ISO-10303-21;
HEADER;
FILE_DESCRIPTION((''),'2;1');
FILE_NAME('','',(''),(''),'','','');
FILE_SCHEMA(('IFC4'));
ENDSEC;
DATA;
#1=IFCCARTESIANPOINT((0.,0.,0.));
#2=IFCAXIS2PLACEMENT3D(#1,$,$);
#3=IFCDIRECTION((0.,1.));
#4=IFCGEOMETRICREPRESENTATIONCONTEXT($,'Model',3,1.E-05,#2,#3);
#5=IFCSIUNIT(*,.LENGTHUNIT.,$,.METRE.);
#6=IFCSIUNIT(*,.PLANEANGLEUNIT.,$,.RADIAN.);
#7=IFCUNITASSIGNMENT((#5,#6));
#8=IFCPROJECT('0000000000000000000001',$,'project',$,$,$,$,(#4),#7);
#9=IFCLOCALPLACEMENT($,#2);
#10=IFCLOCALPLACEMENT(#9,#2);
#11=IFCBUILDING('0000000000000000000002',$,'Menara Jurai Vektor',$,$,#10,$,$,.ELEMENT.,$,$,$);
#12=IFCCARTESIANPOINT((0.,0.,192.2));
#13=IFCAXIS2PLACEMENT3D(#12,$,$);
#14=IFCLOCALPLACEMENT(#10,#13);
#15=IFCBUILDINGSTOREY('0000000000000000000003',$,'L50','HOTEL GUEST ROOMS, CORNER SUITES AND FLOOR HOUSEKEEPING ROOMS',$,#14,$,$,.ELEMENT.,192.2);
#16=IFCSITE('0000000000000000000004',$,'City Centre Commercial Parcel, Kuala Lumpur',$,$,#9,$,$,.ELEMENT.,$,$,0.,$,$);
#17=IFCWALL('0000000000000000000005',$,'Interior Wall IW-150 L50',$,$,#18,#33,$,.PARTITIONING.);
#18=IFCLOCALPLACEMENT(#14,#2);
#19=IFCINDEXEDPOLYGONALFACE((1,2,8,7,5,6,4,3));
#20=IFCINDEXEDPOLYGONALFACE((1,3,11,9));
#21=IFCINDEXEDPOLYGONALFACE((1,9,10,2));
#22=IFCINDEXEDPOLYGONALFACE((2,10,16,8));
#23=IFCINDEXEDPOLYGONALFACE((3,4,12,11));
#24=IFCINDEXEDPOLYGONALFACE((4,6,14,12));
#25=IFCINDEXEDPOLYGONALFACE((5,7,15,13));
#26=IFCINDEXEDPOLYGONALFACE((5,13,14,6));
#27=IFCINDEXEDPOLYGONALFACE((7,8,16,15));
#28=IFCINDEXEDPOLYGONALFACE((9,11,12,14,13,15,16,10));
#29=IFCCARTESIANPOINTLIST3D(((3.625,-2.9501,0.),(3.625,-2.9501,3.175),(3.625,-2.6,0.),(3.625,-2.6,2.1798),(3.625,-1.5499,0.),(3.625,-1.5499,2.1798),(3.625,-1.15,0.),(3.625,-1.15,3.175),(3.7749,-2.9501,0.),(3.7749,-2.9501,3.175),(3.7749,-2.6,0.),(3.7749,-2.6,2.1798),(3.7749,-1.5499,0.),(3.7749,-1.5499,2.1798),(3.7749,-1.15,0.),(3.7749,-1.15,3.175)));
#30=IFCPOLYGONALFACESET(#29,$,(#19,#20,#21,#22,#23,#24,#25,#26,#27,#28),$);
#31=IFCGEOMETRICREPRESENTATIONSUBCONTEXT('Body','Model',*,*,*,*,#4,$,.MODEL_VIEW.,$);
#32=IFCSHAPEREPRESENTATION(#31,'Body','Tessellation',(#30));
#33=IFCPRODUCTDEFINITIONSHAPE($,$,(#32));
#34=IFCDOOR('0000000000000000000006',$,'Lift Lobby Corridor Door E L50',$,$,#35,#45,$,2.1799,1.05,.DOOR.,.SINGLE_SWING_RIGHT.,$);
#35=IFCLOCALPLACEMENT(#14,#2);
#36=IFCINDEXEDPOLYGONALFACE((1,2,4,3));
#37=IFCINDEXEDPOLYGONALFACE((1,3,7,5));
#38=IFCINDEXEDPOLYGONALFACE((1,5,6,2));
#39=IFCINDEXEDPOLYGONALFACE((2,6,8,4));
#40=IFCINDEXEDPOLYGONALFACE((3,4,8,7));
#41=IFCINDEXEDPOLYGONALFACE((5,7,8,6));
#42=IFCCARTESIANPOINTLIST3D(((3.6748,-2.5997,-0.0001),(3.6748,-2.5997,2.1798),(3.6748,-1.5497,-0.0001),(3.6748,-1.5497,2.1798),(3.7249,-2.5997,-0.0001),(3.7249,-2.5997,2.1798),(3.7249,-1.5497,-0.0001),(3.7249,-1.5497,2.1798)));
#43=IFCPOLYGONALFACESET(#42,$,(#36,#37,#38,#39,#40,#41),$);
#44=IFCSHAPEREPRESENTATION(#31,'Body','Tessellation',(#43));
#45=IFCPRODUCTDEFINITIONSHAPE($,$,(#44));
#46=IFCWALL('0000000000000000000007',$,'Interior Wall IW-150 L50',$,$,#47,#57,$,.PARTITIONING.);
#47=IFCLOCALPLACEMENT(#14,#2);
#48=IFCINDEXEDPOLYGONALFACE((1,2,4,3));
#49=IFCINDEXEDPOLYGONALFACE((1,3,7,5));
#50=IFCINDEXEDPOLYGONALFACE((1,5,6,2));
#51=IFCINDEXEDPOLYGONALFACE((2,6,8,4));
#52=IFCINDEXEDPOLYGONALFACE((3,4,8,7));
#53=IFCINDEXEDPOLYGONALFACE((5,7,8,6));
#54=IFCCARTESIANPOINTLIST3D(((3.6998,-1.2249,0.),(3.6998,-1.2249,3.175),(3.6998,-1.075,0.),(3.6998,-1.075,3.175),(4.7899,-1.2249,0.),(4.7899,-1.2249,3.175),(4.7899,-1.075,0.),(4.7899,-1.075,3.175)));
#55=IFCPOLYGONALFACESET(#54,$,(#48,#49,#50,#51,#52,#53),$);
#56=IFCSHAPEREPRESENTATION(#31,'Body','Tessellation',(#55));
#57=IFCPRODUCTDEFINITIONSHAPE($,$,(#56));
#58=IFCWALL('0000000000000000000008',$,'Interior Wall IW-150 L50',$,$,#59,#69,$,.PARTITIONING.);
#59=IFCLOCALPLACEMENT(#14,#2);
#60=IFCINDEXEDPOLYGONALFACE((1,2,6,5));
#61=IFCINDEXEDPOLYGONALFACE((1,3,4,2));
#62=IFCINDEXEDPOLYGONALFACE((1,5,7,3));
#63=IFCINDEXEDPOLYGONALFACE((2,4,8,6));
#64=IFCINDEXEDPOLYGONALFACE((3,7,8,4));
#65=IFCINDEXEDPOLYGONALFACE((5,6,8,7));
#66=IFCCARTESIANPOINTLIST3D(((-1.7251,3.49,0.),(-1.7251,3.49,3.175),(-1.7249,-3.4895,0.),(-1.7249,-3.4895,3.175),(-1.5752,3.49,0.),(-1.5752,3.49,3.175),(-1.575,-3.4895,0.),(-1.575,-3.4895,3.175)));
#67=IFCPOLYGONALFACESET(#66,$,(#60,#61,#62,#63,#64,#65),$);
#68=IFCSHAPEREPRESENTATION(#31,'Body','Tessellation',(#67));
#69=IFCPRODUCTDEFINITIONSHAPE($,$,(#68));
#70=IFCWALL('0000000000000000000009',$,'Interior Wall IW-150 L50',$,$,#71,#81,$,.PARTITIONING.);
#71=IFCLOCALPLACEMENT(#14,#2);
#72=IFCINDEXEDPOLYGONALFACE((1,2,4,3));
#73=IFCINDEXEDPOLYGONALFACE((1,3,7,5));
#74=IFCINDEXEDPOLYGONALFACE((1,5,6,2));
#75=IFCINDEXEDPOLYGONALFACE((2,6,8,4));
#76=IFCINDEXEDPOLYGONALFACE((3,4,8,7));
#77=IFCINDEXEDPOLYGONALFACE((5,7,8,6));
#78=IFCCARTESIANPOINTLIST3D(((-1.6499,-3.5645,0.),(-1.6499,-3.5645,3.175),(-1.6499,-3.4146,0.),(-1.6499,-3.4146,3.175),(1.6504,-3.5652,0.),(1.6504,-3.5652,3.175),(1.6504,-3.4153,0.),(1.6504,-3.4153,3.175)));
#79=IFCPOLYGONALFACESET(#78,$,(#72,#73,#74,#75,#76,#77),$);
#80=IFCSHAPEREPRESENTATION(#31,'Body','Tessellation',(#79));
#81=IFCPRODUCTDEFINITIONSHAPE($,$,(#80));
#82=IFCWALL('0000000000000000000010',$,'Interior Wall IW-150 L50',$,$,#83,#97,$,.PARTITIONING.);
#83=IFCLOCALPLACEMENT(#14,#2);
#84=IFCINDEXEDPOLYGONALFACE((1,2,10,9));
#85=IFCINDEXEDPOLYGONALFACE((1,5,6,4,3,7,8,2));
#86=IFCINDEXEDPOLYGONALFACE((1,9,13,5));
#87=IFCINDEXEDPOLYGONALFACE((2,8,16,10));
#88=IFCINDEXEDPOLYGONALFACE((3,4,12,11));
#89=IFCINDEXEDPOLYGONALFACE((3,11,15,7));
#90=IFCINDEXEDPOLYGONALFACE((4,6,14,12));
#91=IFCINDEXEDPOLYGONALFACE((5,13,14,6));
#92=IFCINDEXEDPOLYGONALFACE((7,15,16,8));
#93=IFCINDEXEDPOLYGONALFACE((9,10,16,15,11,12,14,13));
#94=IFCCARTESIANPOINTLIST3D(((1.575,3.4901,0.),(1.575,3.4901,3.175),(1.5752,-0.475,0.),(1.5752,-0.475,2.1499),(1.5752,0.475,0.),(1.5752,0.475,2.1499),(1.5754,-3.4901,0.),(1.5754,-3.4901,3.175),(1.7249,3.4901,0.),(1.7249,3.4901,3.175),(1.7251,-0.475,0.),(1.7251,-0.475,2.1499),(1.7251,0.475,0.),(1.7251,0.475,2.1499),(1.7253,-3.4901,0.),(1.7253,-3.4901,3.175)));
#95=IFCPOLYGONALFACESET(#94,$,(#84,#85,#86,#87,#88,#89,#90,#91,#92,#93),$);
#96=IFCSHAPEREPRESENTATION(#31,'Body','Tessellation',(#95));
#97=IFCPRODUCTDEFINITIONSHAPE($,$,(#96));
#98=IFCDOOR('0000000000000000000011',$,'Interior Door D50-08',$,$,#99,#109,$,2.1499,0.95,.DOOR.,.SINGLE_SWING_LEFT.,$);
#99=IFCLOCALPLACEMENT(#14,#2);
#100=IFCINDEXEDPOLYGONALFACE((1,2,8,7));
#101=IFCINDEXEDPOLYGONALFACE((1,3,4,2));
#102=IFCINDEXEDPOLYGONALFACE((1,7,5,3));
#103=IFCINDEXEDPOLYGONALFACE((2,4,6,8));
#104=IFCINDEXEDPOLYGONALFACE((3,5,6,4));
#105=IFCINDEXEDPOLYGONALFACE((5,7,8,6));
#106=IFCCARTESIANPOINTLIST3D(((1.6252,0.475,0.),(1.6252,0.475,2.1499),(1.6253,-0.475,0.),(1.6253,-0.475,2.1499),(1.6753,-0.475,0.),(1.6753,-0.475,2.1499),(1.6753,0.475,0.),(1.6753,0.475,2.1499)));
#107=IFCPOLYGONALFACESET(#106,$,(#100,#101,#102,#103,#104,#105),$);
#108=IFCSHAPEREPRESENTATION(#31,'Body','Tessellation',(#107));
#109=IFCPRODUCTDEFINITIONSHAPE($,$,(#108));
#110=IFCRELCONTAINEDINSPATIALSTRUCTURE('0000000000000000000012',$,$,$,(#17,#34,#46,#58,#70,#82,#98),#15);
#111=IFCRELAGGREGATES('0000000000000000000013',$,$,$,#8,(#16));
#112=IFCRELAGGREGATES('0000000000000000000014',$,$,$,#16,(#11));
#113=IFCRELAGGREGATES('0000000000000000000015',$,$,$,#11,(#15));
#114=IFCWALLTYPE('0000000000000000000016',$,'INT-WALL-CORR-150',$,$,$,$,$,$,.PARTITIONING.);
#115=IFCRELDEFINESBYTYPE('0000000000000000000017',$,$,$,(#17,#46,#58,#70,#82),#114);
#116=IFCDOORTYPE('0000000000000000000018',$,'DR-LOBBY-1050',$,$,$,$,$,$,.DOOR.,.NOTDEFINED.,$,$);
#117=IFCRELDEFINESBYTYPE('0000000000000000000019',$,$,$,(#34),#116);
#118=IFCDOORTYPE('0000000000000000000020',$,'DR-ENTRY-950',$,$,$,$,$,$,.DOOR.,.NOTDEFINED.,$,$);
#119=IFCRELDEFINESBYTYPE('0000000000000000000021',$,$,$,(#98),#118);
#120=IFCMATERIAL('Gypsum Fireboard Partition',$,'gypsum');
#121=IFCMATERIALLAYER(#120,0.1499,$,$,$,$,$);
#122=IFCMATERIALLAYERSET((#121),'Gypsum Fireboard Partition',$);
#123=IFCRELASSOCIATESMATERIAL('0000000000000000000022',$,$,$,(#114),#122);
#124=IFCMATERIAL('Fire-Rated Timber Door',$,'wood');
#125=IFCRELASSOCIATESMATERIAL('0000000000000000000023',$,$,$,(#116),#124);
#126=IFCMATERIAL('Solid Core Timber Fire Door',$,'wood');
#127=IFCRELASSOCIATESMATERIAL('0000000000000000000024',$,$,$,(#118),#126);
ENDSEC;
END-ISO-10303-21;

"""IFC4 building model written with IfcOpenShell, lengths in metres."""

from ifc_helpers import new_model, si_unit, direction, frame, frame_2d, origin, place, context, subcontext, project, spatial, rectangle, extrude, material, layer, layer_set, type_object, element, fill, save


model = new_model("IFC4")

# Units and contexts
model_context = context("Model", 3, precision=1e-05, world=origin(), true_north=direction((0.0, 1.0)))
body_context = subcontext(model_context, "Body", "Model", "MODEL_VIEW")
ifc_project = project(units=[si_unit("LENGTHUNIT", "METRE"), si_unit("PLANEANGLEUNIT", "RADIAN")], contexts=[model_context])

# Site, building, storey
site_placement = place(None, origin())
site = spatial("IfcSite", under=ifc_project, at=site_placement, Name="City Centre Commercial Parcel, Kuala Lumpur", CompositionType="ELEMENT", RefElevation=0.0)
building_placement = place(site_placement, origin())
building = spatial("IfcBuilding", under=site, at=building_placement, Name="Menara Jurai Vektor", CompositionType="ELEMENT")
storey_placement = place(building_placement, frame((0.0, 0.0, 192.2)))
storey = spatial("IfcBuildingStorey", under=building, at=storey_placement, Name="L50", Description="HOTEL GUEST ROOMS, CORNER SUITES AND FLOOR HOUSEKEEPING ROOMS", CompositionType="ELEMENT", Elevation=192.2)

# Wall, opening, door
ifc_material_1 = material(Name="Gypsum Fireboard Partition", Category="gypsum")
ifc_layer_1 = layer(ifc_material_1, 0.1499)
ifc_layer_set_1 = layer_set([ifc_layer_1], Name="Gypsum Fireboard Partition")
wall_type_1 = type_object("IfcWallType", Name="INT-WALL-CORR-150", PredefinedType="PARTITIONING", material=ifc_layer_set_1)
wall_1_placement = place(storey_placement, frame((3.7, -2.95, 0.0), z_axis=(0.0, 0.0, 1.0), x_axis=(0.0, 1.0, 0.0)))
wall_1 = element("IfcWall", 1, at=wall_1_placement, inside=storey, type_object=wall_type_1, Name="Interior Wall IW-150 L50", PredefinedType="PARTITIONING", context=body_context, shape_type="SweptSolid", body=[
    extrude(rectangle(XDim=1.8, YDim=0.1499, at=frame_2d((0.8999, 0.0))), origin(), (0.0, 0.0, 1.0), 3.175),
])
opening_1_placement = place(wall_1_placement, frame((0.3501, 0.0, 0.0)))
opening_1 = element("IfcOpeningElement", 2, at=opening_1_placement, cuts=wall_1, PredefinedType="OPENING", context=body_context, shape_type="SweptSolid", body=[
    extrude(rectangle(XDim=1.05, YDim=2.1799, at=frame_2d((0.5249, 1.0898))), frame((0.0, 0.085, 0.0), z_axis=(0.0, -1.0, 0.0), x_axis=(1.0, 0.0, 0.0)), (0.0, 0.0, 1.0), 0.1699),
])
ifc_material_2 = material(Name="Fire-Rated Timber Door", Category="wood")
door_type_1 = type_object("IfcDoorType", Name="DR-LOBBY-1050", OperationType="NOTDEFINED", PredefinedType="DOOR", material=ifc_material_2)
door_1_placement = place(opening_1_placement, frame((1.05, 0.0, 0.0), z_axis=(0.0, 0.0, 1.0), x_axis=(-1.0, 0.0, 0.0)))
door_1 = element("IfcDoor", 3, at=door_1_placement, inside=storey, type_object=door_type_1, Name="Lift Lobby Corridor Door E L50", OperationType="SINGLE_SWING_RIGHT", OverallHeight=2.1799, OverallWidth=1.05, PredefinedType="DOOR", context=body_context, shape_type="SweptSolid", body=[
    extrude(rectangle(XDim=1.05, YDim=2.1799, at=frame_2d((0.5249, 1.0898))), frame((0.0, 0.0249, 0.0), z_axis=(0.0, -1.0, 0.0), x_axis=(1.0, 0.0, 0.0)), (0.0, 0.0, 1.0), 0.05),
])
fill(opening_1, door_1)

# Walls
wall_2_placement = place(storey_placement, frame((3.7, -1.1499, 0.0), z_axis=(0.0, 0.0, 1.0), x_axis=(1.0, 0.0, 0.0)))
element("IfcWall", 4, at=wall_2_placement, inside=storey, type_object=wall_type_1, Name="Interior Wall IW-150 L50", PredefinedType="PARTITIONING", context=body_context, shape_type="SweptSolid", body=[
    extrude(rectangle(XDim=1.0901, YDim=0.1499, at=frame_2d((0.5449, 0.0))), origin(), (0.0, 0.0, 1.0), 3.175),
])
wall_3_placement = place(storey_placement, frame((-1.6499, -3.4895, 0.0), z_axis=(0.0, 0.0, 1.0), x_axis=(-0.000035, 1.0, 0.0)))
element("IfcWall", 5, at=wall_3_placement, inside=storey, type_object=wall_type_1, Name="Interior Wall IW-150 L50", PredefinedType="PARTITIONING", context=body_context, shape_type="SweptSolid", body=[
    extrude(rectangle(XDim=6.9795, YDim=0.1499, at=frame_2d((3.4897, 0.0))), origin(), (0.0, 0.0, 1.0), 3.175),
])
wall_4_placement = place(storey_placement, frame((-1.6499, -3.4895, 0.0), z_axis=(0.0, 0.0, 1.0), x_axis=(1.0, -0.000222, 0.0)))
element("IfcWall", 6, at=wall_4_placement, inside=storey, type_object=wall_type_1, Name="Interior Wall IW-150 L50", PredefinedType="PARTITIONING", context=body_context, shape_type="SweptSolid", body=[
    extrude(rectangle(XDim=3.3003, YDim=0.1499, at=frame_2d((1.6501, 0.0))), origin(), (0.0, 0.0, 1.0), 3.175),
])

# Wall, opening, door
wall_5_placement = place(storey_placement, frame((1.6504, -3.4902, 0.0), z_axis=(0.0, 0.0, 1.0), x_axis=(-0.00007, 1.0, 0.0)))
wall_5 = element("IfcWall", 7, at=wall_5_placement, inside=storey, type_object=wall_type_1, Name="Interior Wall IW-150 L50", PredefinedType="PARTITIONING", context=body_context, shape_type="SweptSolid", body=[
    extrude(rectangle(XDim=6.9802, YDim=0.1499, at=frame_2d((3.4902, 0.0))), origin(), (0.0, 0.0, 1.0), 3.175),
])
opening_2_placement = place(wall_5_placement, frame((3.0151, 0.0, 0.0)))
opening_2 = element("IfcOpeningElement", 8, at=opening_2_placement, cuts=wall_5, PredefinedType="OPENING", context=body_context, shape_type="SweptSolid", body=[
    extrude(rectangle(XDim=0.95, YDim=2.1499, at=frame_2d((0.4751, 1.075))), frame((0.0, 0.085, 0.0), z_axis=(0.0, -1.0, 0.0), x_axis=(1.0, 0.0, 0.0)), (0.0, 0.0, 1.0), 0.1699),
])
ifc_material_3 = material(Name="Solid Core Timber Fire Door", Category="wood")
door_type_2 = type_object("IfcDoorType", Name="DR-ENTRY-950", OperationType="NOTDEFINED", PredefinedType="DOOR", material=ifc_material_3)
door_2_placement = place(opening_2_placement, origin())
door_2 = element("IfcDoor", 9, at=door_2_placement, inside=storey, type_object=door_type_2, Name="Interior Door D50-08", OperationType="SINGLE_SWING_LEFT", OverallHeight=2.1499, OverallWidth=0.95, PredefinedType="DOOR", context=body_context, shape_type="SweptSolid", body=[
    extrude(rectangle(XDim=0.95, YDim=2.1499, at=frame_2d((0.4751, 1.075))), frame((0.0, 0.0249, 0.0), z_axis=(0.0, -1.0, 0.0), x_axis=(1.0, 0.0, 0.0)), (0.0, 0.0, 1.0), 0.05),
])
fill(opening_2, door_2)

save(model, "model.ifc")
